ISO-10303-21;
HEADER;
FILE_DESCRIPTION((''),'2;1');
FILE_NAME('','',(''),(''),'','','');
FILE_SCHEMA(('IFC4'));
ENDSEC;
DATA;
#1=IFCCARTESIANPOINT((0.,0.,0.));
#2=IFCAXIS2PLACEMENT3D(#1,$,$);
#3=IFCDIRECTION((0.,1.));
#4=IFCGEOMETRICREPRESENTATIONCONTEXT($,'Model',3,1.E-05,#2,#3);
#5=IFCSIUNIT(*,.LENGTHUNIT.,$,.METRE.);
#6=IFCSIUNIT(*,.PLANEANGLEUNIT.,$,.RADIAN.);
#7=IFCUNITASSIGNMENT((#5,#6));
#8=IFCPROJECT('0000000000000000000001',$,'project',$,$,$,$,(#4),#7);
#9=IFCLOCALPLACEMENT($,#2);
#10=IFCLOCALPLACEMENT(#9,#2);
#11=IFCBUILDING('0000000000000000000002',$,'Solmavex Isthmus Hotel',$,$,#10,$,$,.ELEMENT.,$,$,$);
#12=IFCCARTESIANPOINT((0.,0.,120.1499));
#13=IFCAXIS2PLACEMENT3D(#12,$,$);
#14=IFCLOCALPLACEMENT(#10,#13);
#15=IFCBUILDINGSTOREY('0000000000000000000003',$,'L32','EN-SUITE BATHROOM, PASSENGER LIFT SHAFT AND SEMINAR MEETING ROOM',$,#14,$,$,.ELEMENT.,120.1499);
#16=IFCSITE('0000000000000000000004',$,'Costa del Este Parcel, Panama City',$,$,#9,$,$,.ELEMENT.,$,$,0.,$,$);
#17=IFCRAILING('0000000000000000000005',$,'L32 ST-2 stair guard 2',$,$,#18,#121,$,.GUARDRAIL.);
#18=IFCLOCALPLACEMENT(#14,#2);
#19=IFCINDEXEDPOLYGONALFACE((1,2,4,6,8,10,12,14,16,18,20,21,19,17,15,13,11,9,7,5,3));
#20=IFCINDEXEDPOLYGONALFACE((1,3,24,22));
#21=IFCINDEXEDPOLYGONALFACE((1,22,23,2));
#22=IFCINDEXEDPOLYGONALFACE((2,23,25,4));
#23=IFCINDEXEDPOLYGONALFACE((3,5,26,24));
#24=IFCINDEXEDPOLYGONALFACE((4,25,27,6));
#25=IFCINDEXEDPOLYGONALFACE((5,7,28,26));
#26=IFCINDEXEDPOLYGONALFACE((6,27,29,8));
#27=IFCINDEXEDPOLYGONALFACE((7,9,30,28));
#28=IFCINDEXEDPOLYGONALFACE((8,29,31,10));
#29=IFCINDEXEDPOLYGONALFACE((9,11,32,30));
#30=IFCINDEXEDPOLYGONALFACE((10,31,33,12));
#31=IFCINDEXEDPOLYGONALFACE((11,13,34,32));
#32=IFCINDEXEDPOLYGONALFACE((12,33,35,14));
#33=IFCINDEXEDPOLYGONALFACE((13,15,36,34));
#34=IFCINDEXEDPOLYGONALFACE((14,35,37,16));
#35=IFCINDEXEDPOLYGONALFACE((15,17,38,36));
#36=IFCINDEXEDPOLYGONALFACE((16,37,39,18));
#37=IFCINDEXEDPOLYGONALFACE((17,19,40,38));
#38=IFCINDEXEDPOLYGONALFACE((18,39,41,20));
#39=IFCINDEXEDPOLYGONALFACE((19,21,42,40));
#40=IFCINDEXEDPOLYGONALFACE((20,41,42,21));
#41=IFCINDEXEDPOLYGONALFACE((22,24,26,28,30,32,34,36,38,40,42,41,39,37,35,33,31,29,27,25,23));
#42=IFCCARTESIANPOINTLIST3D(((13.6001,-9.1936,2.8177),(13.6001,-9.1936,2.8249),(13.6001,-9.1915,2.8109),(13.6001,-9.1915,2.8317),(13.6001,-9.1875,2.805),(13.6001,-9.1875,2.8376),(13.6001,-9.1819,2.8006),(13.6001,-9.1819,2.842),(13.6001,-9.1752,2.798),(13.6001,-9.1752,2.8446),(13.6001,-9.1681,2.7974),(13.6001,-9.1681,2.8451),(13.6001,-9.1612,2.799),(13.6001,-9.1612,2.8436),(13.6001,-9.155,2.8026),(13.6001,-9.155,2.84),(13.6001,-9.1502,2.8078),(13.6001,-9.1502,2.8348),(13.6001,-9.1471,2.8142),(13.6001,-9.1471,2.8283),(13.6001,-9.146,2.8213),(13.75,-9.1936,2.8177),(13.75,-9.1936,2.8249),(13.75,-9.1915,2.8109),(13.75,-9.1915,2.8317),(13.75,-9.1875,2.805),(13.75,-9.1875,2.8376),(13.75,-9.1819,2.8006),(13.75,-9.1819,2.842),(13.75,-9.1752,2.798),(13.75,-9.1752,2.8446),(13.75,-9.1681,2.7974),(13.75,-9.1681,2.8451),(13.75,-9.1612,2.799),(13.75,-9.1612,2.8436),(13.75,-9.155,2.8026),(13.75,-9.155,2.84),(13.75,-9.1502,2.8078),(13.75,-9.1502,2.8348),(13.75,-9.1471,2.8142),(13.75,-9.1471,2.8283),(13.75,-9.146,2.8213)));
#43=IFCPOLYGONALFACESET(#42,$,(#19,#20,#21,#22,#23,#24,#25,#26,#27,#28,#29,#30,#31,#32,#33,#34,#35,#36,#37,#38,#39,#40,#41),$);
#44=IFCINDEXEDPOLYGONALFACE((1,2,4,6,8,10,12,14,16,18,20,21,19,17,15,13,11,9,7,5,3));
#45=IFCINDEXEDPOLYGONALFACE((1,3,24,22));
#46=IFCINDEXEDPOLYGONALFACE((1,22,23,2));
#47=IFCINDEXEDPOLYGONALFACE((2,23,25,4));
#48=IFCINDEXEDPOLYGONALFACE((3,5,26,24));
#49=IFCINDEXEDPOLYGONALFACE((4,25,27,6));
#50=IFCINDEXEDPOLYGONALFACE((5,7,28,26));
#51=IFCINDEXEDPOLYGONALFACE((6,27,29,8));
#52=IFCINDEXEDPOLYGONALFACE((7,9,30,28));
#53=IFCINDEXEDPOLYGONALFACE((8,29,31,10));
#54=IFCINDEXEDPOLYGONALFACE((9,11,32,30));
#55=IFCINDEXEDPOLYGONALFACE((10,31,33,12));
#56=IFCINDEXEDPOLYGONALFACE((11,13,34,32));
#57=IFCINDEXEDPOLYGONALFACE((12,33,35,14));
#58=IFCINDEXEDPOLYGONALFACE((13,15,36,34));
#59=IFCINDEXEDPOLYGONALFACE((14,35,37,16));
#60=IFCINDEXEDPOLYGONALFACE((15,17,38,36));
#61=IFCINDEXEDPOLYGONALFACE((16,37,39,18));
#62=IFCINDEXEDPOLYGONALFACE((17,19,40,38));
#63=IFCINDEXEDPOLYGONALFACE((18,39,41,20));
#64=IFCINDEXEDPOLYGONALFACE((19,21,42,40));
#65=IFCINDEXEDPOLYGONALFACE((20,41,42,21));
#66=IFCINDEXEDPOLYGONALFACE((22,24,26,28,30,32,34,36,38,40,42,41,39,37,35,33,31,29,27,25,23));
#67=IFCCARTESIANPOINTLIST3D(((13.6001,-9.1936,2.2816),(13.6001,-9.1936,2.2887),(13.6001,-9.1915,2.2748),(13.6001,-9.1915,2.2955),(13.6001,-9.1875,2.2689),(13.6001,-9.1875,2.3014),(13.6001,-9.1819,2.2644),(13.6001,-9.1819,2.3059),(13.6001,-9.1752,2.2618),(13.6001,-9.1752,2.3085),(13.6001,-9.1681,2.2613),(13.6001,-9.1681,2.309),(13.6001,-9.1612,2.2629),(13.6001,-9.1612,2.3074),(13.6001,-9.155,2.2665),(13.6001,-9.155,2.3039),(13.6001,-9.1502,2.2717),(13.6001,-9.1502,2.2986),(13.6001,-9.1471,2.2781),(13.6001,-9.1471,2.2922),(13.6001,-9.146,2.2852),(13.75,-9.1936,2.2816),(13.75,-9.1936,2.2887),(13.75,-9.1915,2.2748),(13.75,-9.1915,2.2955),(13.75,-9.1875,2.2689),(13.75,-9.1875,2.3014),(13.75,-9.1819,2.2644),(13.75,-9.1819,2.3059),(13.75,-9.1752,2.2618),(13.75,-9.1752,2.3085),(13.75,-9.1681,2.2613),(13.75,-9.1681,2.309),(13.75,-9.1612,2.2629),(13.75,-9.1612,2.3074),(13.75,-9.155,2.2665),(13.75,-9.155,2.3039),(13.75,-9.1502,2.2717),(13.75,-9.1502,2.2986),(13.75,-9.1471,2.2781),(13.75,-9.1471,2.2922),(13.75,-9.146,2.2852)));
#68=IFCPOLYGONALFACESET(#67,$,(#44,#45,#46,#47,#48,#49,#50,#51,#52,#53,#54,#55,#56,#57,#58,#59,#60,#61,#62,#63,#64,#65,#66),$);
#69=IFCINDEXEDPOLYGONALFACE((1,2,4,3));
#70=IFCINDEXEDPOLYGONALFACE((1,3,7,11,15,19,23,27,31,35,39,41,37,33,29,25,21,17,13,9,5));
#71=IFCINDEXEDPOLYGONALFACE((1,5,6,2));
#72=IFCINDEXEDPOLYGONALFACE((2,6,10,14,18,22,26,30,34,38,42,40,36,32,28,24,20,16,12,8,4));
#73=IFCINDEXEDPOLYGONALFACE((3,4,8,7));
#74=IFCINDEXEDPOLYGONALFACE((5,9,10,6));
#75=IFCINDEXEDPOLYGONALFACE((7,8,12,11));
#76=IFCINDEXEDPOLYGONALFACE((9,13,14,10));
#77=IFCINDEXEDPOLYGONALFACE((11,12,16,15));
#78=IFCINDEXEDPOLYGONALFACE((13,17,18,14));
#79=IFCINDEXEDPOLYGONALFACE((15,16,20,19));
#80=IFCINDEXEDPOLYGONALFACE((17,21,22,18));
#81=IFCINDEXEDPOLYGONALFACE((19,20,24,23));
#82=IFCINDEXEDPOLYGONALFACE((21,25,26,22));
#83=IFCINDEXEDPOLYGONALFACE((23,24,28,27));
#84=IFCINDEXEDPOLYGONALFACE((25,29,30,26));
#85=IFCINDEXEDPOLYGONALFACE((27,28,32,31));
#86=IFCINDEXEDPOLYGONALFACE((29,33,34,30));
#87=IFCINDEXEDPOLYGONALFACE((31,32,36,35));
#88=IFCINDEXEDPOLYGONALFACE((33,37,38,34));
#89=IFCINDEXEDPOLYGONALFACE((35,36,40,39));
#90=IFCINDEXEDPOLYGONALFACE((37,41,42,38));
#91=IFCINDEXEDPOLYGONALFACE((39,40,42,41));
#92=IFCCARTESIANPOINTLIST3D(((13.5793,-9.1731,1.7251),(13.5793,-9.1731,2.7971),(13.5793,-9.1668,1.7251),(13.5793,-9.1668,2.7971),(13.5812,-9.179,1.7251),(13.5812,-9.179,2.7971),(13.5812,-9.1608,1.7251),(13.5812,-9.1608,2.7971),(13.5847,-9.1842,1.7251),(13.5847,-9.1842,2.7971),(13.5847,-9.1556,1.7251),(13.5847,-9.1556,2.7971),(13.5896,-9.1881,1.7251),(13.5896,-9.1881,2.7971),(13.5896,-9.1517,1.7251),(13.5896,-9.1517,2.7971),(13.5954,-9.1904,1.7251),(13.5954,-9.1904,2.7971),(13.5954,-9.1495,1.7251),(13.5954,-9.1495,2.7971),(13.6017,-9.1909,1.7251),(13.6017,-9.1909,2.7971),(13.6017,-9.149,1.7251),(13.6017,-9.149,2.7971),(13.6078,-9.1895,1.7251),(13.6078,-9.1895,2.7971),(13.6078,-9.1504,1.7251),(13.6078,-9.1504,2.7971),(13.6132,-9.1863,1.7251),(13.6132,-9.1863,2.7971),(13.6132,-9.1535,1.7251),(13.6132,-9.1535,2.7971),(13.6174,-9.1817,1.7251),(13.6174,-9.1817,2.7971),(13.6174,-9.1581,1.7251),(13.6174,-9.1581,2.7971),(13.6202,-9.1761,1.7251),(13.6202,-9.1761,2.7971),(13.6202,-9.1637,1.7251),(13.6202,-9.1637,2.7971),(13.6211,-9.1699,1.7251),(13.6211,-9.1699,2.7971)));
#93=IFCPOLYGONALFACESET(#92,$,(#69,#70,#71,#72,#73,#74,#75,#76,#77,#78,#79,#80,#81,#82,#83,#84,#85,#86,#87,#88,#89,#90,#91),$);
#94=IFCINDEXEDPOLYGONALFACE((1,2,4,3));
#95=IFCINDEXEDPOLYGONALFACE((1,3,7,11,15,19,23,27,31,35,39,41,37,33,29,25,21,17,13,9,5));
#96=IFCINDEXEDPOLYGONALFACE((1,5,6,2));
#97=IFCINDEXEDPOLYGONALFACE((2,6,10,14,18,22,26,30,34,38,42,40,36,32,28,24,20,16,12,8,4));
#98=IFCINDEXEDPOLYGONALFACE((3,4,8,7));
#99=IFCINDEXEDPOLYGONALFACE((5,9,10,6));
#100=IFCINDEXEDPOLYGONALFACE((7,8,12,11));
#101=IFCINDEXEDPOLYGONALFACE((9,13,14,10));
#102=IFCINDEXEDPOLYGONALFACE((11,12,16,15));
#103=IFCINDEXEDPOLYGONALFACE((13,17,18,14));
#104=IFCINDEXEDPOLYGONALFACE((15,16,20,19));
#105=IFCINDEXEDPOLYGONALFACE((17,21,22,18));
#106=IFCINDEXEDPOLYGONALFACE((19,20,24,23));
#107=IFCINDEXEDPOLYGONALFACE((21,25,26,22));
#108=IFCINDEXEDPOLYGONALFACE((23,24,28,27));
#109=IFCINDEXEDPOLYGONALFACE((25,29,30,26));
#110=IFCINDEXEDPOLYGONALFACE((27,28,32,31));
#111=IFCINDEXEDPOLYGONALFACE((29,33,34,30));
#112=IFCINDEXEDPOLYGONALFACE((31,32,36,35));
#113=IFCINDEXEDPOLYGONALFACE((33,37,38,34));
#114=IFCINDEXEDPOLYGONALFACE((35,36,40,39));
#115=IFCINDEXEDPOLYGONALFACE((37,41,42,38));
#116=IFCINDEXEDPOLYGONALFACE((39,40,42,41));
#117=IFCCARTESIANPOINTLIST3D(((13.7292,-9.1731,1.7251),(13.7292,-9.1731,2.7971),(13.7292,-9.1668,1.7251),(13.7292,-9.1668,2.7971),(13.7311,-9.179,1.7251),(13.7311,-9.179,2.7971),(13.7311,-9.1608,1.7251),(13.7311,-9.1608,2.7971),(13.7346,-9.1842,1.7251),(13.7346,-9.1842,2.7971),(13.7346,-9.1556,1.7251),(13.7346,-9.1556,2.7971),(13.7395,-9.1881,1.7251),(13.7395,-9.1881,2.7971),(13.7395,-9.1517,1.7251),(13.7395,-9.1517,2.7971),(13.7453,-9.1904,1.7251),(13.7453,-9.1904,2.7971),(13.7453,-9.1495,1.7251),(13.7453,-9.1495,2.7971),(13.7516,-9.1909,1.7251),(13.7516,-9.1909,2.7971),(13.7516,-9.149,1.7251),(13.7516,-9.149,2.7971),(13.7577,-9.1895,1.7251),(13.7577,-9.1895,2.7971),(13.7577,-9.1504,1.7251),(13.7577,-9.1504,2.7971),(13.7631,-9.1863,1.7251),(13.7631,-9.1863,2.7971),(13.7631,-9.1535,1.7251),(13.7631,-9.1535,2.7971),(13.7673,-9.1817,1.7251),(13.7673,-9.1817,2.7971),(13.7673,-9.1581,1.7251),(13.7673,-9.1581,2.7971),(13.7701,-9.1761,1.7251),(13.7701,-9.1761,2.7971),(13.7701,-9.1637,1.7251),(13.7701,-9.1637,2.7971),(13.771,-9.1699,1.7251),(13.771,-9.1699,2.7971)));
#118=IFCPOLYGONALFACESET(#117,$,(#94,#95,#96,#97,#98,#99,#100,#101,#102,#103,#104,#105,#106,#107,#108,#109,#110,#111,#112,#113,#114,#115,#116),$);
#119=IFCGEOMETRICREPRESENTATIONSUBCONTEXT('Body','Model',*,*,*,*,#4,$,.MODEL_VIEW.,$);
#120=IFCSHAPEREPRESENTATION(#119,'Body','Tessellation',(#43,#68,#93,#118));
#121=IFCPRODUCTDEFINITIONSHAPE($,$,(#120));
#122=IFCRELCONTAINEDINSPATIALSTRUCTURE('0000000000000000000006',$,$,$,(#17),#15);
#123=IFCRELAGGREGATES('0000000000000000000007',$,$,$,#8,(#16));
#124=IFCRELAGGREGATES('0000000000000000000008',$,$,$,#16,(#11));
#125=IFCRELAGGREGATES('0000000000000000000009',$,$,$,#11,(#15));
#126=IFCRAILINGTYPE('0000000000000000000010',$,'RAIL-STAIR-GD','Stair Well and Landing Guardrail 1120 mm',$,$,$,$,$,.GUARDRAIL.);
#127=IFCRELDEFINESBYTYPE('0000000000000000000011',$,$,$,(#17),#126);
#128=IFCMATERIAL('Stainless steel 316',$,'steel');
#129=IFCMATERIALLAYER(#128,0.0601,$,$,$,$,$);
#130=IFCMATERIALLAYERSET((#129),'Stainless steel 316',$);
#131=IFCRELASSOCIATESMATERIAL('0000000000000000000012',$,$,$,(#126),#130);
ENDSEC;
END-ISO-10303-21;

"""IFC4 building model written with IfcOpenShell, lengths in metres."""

from ifc_helpers import new_model, si_unit, direction, frame, origin, origin_2d, place, context, subcontext, project, spatial, circle, extrude, material, layer, layer_set, type_object, element, save


model = new_model("IFC4")

# Units and contexts
model_context = context("Model", 3, precision=1e-05, world=origin(), true_north=direction((0.0, 1.0)))
body_context = subcontext(model_context, "Body", "Model", "MODEL_VIEW")
ifc_project = project(units=[si_unit("LENGTHUNIT", "METRE"), si_unit("PLANEANGLEUNIT", "RADIAN")], contexts=[model_context])

# Site, building, storey
site_placement = place(None, origin())
site = spatial("IfcSite", under=ifc_project, at=site_placement, Name="Costa del Este Parcel, Panama City", CompositionType="ELEMENT", RefElevation=0.0)
building_placement = place(site_placement, origin())
building = spatial("IfcBuilding", under=site, at=building_placement, Name="Solmavex Isthmus Hotel", CompositionType="ELEMENT")
storey_placement = place(building_placement, frame((0.0, 0.0, 120.1499)))
storey = spatial("IfcBuildingStorey", under=building, at=storey_placement, Name="L32", Description="EN-SUITE BATHROOM, PASSENGER LIFT SHAFT AND SEMINAR MEETING ROOM", CompositionType="ELEMENT", Elevation=120.1499)

# Railing
ifc_material_1 = material(Name="Stainless steel 316", Category="steel")
ifc_layer_1 = layer(ifc_material_1, 0.0601)
ifc_layer_set_1 = layer_set([ifc_layer_1], Name="Stainless steel 316")
railing_type_1 = type_object("IfcRailingType", Name="RAIL-STAIR-GD", Description="Stair Well and Landing Guardrail 1120 mm", PredefinedType="GUARDRAIL", material=ifc_layer_set_1)
railing_1_placement = place(storey_placement, frame((13.6001, -9.1699, 1.7251)))
element("IfcRailing", 1, at=railing_1_placement, inside=storey, type_object=railing_type_1, Name="L32 ST-2 stair guard 2", PredefinedType="GUARDRAIL", context=body_context, shape_type="SweptSolid", body=[
    extrude(circle(Radius=0.0239, at=origin_2d()), frame((0.0, 0.0, 1.0962), z_axis=(1.0, 0.0, 0.0), x_axis=(0.0, 1.0, 0.0)), (0.0, 0.0, 1.0), 0.1499),
    extrude(circle(Radius=0.0239, at=origin_2d()), frame((0.0, 0.0, 0.5601), z_axis=(1.0, 0.0, 0.0), x_axis=(0.0, 1.0, 0.0)), (0.0, 0.0, 1.0), 0.1499),
    extrude(circle(Radius=0.021, at=origin_2d()), origin(), (0.0, 0.0, 1.0), 1.072),
    extrude(circle(Radius=0.021, at=origin_2d()), frame((0.1499, 0.0, 0.0)), (0.0, 0.0, 1.0), 1.072),
])

save(model, "model.ifc")
